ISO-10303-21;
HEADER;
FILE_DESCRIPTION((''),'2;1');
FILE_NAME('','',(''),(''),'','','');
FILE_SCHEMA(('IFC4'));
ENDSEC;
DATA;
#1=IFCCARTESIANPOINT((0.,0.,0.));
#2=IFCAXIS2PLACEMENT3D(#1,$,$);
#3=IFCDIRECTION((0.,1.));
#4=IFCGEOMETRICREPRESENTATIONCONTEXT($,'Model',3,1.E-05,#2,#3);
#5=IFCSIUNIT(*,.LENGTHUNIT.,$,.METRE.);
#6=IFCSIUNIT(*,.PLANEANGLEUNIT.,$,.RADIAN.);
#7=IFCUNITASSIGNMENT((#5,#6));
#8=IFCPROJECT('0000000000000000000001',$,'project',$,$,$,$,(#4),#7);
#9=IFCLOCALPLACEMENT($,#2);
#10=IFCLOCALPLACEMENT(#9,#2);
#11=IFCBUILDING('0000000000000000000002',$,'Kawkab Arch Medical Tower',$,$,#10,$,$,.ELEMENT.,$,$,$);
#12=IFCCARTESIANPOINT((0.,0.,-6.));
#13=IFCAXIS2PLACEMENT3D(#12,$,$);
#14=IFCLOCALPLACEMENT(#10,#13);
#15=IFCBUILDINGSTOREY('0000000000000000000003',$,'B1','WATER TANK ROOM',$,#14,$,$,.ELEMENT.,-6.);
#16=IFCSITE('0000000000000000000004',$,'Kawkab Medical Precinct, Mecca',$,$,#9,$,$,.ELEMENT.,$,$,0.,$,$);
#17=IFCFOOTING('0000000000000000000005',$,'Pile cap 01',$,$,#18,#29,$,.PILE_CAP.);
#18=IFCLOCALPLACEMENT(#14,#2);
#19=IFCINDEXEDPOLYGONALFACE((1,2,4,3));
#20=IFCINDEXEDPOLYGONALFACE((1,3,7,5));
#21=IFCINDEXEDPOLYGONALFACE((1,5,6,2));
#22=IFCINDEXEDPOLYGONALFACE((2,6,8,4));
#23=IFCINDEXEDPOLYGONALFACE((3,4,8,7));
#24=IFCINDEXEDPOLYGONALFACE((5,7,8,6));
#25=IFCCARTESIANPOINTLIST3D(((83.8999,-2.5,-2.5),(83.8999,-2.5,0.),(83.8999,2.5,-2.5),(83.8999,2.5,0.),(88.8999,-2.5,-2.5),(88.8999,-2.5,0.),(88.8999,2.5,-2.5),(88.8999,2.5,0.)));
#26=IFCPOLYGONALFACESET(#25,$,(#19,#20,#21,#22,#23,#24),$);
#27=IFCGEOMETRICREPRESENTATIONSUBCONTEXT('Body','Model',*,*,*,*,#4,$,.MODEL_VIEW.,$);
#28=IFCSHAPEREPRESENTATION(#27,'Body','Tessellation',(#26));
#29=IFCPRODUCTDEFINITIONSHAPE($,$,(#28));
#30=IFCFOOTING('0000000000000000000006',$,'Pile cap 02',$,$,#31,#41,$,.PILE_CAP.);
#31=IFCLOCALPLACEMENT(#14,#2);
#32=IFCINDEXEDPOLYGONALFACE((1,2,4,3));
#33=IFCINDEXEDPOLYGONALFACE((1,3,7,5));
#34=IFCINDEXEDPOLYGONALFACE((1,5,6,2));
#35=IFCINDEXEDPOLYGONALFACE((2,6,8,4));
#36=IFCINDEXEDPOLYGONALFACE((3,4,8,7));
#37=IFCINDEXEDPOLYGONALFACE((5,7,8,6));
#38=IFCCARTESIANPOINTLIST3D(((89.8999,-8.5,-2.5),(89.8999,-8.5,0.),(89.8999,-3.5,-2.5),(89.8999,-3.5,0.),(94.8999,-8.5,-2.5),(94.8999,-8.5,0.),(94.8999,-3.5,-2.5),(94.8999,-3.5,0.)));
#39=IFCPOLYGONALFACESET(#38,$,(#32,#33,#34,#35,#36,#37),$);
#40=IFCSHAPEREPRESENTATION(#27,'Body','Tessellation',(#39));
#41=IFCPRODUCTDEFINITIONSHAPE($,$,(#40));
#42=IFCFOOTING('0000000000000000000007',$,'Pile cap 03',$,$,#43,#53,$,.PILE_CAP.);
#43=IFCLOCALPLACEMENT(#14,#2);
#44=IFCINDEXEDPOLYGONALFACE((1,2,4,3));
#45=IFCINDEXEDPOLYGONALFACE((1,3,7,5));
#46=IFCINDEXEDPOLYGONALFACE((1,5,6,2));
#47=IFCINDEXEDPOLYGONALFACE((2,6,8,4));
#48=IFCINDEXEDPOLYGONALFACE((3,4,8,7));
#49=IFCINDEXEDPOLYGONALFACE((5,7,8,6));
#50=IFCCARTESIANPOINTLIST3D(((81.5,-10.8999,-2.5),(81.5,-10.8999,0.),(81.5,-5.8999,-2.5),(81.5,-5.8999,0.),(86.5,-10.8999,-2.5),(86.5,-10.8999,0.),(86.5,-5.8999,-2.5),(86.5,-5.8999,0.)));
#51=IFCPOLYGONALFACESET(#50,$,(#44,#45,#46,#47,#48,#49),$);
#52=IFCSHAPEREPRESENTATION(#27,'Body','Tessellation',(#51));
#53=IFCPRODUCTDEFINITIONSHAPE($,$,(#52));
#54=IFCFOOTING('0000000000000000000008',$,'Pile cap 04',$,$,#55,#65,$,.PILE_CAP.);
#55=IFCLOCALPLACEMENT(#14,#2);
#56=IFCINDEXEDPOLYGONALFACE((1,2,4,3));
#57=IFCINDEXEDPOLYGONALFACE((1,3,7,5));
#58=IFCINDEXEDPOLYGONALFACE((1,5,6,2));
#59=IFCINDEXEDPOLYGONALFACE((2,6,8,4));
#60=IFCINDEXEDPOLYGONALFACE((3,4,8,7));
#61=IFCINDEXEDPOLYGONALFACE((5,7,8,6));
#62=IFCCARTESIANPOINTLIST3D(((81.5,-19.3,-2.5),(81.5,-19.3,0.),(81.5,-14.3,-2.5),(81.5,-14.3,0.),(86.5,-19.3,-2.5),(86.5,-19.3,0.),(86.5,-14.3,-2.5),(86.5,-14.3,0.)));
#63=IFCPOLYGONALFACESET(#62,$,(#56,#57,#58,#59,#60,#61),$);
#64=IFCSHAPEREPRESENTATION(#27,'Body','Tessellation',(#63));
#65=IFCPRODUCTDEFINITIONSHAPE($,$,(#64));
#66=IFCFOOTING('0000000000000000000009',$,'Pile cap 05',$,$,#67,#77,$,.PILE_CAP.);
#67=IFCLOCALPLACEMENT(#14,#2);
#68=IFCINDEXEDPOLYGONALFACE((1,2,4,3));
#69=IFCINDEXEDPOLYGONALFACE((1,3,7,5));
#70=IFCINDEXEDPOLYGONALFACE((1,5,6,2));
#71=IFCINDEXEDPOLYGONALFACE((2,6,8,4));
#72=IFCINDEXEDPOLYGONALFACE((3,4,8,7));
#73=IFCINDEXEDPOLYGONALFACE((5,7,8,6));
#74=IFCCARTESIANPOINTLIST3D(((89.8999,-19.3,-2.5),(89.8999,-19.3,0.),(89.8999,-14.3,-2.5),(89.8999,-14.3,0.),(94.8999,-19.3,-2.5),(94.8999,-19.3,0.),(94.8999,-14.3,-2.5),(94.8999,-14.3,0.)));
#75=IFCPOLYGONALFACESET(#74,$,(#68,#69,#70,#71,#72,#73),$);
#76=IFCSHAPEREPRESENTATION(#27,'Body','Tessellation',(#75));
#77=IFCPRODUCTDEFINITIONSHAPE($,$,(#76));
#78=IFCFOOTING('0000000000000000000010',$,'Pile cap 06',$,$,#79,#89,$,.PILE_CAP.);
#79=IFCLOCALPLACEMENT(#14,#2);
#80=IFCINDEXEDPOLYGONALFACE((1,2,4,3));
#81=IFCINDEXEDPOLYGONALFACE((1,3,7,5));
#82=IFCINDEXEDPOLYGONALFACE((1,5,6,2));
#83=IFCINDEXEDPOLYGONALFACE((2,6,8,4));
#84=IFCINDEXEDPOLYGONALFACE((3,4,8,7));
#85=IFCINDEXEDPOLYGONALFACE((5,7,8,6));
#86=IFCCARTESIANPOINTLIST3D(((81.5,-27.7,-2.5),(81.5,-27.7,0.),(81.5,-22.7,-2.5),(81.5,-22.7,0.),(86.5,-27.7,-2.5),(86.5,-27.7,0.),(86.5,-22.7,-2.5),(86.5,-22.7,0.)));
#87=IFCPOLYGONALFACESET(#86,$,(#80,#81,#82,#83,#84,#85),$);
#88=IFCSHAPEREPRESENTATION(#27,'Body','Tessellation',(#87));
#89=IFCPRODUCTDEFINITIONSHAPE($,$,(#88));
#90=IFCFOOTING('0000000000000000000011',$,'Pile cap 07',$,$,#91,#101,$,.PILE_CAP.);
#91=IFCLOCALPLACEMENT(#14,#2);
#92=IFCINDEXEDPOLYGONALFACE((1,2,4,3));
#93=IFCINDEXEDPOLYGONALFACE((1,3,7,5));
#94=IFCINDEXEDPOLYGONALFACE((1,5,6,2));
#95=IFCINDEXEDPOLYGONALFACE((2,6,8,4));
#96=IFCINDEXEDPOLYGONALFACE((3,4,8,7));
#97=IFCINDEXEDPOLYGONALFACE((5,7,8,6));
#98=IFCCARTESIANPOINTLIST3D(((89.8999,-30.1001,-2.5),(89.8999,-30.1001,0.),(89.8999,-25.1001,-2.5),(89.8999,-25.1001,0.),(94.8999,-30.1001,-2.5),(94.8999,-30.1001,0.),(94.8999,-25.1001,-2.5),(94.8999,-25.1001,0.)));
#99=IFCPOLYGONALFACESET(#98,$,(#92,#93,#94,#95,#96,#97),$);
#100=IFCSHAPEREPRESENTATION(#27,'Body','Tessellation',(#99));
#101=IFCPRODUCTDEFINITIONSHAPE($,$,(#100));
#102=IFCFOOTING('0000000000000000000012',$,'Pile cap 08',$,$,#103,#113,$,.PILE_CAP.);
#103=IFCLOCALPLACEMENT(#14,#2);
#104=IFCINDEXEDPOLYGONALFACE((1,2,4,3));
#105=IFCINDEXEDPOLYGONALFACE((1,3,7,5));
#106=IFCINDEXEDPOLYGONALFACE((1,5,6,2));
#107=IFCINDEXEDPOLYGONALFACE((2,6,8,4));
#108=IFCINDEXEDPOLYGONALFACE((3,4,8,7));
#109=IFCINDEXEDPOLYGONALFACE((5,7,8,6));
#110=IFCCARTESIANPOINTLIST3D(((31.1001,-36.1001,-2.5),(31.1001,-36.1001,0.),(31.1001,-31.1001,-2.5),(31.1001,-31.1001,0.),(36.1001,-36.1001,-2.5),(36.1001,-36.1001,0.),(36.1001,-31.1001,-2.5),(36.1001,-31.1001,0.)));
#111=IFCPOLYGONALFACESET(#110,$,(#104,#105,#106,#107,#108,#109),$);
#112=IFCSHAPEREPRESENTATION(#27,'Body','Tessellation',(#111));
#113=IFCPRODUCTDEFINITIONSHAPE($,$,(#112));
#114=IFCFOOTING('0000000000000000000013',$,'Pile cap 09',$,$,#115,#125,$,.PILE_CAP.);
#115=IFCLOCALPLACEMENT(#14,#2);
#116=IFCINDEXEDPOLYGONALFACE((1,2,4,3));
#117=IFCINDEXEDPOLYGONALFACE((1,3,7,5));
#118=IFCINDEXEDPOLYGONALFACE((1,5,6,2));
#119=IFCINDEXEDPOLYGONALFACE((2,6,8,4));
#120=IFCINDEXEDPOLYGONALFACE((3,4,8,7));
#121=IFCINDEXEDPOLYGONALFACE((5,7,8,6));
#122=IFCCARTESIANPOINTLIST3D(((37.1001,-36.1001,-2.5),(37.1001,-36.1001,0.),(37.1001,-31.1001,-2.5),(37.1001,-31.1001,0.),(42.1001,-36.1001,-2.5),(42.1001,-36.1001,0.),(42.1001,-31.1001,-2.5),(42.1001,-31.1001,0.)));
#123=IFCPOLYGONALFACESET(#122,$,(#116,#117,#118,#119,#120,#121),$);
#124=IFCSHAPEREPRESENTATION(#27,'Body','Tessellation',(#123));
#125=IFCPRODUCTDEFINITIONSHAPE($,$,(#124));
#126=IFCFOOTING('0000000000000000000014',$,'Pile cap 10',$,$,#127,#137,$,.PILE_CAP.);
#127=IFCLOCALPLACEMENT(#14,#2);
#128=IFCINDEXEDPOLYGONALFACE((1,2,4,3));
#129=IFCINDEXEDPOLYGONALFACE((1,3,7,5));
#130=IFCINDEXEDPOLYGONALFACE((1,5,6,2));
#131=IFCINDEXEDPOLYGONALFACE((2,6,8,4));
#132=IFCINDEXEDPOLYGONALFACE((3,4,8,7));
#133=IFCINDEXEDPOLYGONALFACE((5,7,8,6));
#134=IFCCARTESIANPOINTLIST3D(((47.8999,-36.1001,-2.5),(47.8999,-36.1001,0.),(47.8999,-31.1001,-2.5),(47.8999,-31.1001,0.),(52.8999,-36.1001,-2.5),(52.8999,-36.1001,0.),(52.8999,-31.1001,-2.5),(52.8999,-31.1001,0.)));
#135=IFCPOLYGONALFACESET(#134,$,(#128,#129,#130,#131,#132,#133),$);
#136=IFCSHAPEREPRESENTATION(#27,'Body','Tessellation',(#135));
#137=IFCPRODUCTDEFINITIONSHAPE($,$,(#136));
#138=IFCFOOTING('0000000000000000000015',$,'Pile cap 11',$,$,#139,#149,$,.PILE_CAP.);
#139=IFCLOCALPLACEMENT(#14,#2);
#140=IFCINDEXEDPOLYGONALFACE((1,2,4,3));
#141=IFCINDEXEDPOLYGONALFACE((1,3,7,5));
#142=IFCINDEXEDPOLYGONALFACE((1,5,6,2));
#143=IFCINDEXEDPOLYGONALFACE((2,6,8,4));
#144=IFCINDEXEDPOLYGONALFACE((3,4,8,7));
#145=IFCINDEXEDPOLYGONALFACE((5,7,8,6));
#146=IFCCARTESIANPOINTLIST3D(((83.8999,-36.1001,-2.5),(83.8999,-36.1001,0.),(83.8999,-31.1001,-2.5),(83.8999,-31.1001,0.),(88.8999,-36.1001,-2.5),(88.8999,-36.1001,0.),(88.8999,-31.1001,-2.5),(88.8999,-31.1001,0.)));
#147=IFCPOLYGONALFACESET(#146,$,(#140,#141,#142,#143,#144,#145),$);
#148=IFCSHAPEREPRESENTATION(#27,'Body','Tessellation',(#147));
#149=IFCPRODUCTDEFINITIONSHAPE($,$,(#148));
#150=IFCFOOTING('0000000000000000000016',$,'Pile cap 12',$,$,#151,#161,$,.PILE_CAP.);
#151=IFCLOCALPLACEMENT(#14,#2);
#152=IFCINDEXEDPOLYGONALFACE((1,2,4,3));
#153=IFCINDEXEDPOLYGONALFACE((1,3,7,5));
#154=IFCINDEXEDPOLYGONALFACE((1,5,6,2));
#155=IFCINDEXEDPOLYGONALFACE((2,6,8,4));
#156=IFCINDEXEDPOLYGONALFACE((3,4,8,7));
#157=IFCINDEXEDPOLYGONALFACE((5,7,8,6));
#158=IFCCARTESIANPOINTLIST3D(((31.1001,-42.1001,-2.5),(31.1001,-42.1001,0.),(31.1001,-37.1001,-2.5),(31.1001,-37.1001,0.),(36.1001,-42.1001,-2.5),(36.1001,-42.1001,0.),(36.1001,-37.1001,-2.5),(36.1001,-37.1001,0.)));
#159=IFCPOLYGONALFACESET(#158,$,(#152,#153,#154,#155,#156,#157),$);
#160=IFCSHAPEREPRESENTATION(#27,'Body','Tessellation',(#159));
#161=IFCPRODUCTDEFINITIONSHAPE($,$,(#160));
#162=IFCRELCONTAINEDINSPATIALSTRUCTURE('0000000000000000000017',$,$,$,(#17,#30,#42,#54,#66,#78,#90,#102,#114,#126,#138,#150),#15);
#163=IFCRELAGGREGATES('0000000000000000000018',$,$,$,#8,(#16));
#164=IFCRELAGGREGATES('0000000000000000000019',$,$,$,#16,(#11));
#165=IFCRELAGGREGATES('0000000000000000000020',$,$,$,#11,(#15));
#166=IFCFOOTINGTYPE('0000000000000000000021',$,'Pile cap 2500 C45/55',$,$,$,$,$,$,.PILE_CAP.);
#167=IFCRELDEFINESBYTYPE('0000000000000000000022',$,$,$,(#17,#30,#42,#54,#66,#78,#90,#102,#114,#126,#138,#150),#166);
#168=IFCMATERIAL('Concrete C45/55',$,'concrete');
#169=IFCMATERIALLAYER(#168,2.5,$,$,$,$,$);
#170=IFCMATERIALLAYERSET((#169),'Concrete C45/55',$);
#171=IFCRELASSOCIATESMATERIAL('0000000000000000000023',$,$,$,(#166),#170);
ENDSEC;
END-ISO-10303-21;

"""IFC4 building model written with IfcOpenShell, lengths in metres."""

from ifc_helpers import new_model, si_unit, direction, frame, origin, place, context, subcontext, project, spatial, polyline, outline, extrude, material, layer, layer_set, type_object, element, save


model = new_model("IFC4")

# Units and contexts
model_context = context("Model", 3, precision=1e-05, world=origin(), true_north=direction((0.0, 1.0)))
body_context = subcontext(model_context, "Body", "Model", "MODEL_VIEW")
ifc_project = project(units=[si_unit("LENGTHUNIT", "METRE"), si_unit("PLANEANGLEUNIT", "RADIAN")], contexts=[model_context])

# Site, building, storey
site_placement = place(None, origin())
site = spatial("IfcSite", under=ifc_project, at=site_placement, Name="Kawkab Medical Precinct, Mecca", CompositionType="ELEMENT", RefElevation=0.0)
building_placement = place(site_placement, origin())
building = spatial("IfcBuilding", under=site, at=building_placement, Name="Kawkab Arch Medical Tower", CompositionType="ELEMENT")
storey_placement = place(building_placement, frame((0.0, 0.0, -6.0)))
storey = spatial("IfcBuildingStorey", under=building, at=storey_placement, Name="B1", Description="WATER TANK ROOM", CompositionType="ELEMENT", Elevation=-6.0)

# Footings
ifc_material_1 = material(Name="Concrete C45/55", Category="concrete")
ifc_layer_1 = layer(ifc_material_1, 2.5)
ifc_layer_set_1 = layer_set([ifc_layer_1], Name="Concrete C45/55")
footing_type_1 = type_object("IfcFootingType", Name="Pile cap 2500 C45/55", PredefinedType="PILE_CAP", material=ifc_layer_set_1)
placement_1 = place(storey_placement, frame((0.0, 0.0, -2.5)))
element("IfcFooting", 1, at=placement_1, inside=storey, type_object=footing_type_1, Name="Pile cap 01", PredefinedType="PILE_CAP", context=body_context, shape_type="SweptSolid", body=[
    extrude(outline(polyline([(88.8999, -2.5), (88.8999, 2.5), (83.8999, 2.5), (83.8999, -2.5), (88.8999, -2.5)])), origin(), (0.0, 0.0, 1.0), 2.5),
])
element("IfcFooting", 2, at=placement_1, inside=storey, type_object=footing_type_1, Name="Pile cap 02", PredefinedType="PILE_CAP", context=body_context, shape_type="SweptSolid", body=[
    extrude(outline(polyline([(94.8999, -8.5), (94.8999, -3.5), (89.8999, -3.5), (89.8999, -8.5), (94.8999, -8.5)])), origin(), (0.0, 0.0, 1.0), 2.5),
])
element("IfcFooting", 3, at=placement_1, inside=storey, type_object=footing_type_1, Name="Pile cap 03", PredefinedType="PILE_CAP", context=body_context, shape_type="SweptSolid", body=[
    extrude(outline(polyline([(86.5, -10.8999), (86.5, -5.8999), (81.5, -5.8999), (81.5, -10.8999), (86.5, -10.8999)])), origin(), (0.0, 0.0, 1.0), 2.5),
])
element("IfcFooting", 4, at=placement_1, inside=storey, type_object=footing_type_1, Name="Pile cap 04", PredefinedType="PILE_CAP", context=body_context, shape_type="SweptSolid", body=[
    extrude(outline(polyline([(86.5, -19.3), (86.5, -14.3), (81.5, -14.3), (81.5, -19.3), (86.5, -19.3)])), origin(), (0.0, 0.0, 1.0), 2.5),
])
element("IfcFooting", 5, at=placement_1, inside=storey, type_object=footing_type_1, Name="Pile cap 05", PredefinedType="PILE_CAP", context=body_context, shape_type="SweptSolid", body=[
    extrude(outline(polyline([(94.8999, -19.3), (94.8999, -14.3), (89.8999, -14.3), (89.8999, -19.3), (94.8999, -19.3)])), origin(), (0.0, 0.0, 1.0), 2.5),
])
element("IfcFooting", 6, at=placement_1, inside=storey, type_object=footing_type_1, Name="Pile cap 06", PredefinedType="PILE_CAP", context=body_context, shape_type="SweptSolid", body=[
    extrude(outline(polyline([(86.5, -27.7), (86.5, -22.7), (81.5, -22.7), (81.5, -27.7), (86.5, -27.7)])), origin(), (0.0, 0.0, 1.0), 2.5),
])
element("IfcFooting", 7, at=placement_1, inside=storey, type_object=footing_type_1, Name="Pile cap 07", PredefinedType="PILE_CAP", context=body_context, shape_type="SweptSolid", body=[
    extrude(outline(polyline([(94.8999, -30.1001), (94.8999, -25.1001), (89.8999, -25.1001), (89.8999, -30.1001), (94.8999, -30.1001)])), origin(), (0.0, 0.0, 1.0), 2.5),
])
element("IfcFooting", 8, at=placement_1, inside=storey, type_object=footing_type_1, Name="Pile cap 08", PredefinedType="PILE_CAP", context=body_context, shape_type="SweptSolid", body=[
    extrude(outline(polyline([(36.1001, -36.1001), (36.1001, -31.1001), (31.1001, -31.1001), (31.1001, -36.1001), (36.1001, -36.1001)])), origin(), (0.0, 0.0, 1.0), 2.5),
])
element("IfcFooting", 9, at=placement_1, inside=storey, type_object=footing_type_1, Name="Pile cap 09", PredefinedType="PILE_CAP", context=body_context, shape_type="SweptSolid", body=[
    extrude(outline(polyline([(42.1001, -36.1001), (42.1001, -31.1001), (37.1001, -31.1001), (37.1001, -36.1001), (42.1001, -36.1001)])), origin(), (0.0, 0.0, 1.0), 2.5),
])
element("IfcFooting", 10, at=placement_1, inside=storey, type_object=footing_type_1, Name="Pile cap 10", PredefinedType="PILE_CAP", context=body_context, shape_type="SweptSolid", body=[
    extrude(outline(polyline([(52.8999, -36.1001), (52.8999, -31.1001), (47.8999, -31.1001), (47.8999, -36.1001), (52.8999, -36.1001)])), origin(), (0.0, 0.0, 1.0), 2.5),
])
element("IfcFooting", 11, at=placement_1, inside=storey, type_object=footing_type_1, Name="Pile cap 11", PredefinedType="PILE_CAP", context=body_context, shape_type="SweptSolid", body=[
    extrude(outline(polyline([(88.8999, -36.1001), (88.8999, -31.1001), (83.8999, -31.1001), (83.8999, -36.1001), (88.8999, -36.1001)])), origin(), (0.0, 0.0, 1.0), 2.5),
])
element("IfcFooting", 12, at=placement_1, inside=storey, type_object=footing_type_1, Name="Pile cap 12", PredefinedType="PILE_CAP", context=body_context, shape_type="SweptSolid", body=[
    extrude(outline(polyline([(36.1001, -42.1001), (36.1001, -37.1001), (31.1001, -37.1001), (31.1001, -42.1001), (36.1001, -42.1001)])), origin(), (0.0, 0.0, 1.0), 2.5),
])

save(model, "model.ifc")
